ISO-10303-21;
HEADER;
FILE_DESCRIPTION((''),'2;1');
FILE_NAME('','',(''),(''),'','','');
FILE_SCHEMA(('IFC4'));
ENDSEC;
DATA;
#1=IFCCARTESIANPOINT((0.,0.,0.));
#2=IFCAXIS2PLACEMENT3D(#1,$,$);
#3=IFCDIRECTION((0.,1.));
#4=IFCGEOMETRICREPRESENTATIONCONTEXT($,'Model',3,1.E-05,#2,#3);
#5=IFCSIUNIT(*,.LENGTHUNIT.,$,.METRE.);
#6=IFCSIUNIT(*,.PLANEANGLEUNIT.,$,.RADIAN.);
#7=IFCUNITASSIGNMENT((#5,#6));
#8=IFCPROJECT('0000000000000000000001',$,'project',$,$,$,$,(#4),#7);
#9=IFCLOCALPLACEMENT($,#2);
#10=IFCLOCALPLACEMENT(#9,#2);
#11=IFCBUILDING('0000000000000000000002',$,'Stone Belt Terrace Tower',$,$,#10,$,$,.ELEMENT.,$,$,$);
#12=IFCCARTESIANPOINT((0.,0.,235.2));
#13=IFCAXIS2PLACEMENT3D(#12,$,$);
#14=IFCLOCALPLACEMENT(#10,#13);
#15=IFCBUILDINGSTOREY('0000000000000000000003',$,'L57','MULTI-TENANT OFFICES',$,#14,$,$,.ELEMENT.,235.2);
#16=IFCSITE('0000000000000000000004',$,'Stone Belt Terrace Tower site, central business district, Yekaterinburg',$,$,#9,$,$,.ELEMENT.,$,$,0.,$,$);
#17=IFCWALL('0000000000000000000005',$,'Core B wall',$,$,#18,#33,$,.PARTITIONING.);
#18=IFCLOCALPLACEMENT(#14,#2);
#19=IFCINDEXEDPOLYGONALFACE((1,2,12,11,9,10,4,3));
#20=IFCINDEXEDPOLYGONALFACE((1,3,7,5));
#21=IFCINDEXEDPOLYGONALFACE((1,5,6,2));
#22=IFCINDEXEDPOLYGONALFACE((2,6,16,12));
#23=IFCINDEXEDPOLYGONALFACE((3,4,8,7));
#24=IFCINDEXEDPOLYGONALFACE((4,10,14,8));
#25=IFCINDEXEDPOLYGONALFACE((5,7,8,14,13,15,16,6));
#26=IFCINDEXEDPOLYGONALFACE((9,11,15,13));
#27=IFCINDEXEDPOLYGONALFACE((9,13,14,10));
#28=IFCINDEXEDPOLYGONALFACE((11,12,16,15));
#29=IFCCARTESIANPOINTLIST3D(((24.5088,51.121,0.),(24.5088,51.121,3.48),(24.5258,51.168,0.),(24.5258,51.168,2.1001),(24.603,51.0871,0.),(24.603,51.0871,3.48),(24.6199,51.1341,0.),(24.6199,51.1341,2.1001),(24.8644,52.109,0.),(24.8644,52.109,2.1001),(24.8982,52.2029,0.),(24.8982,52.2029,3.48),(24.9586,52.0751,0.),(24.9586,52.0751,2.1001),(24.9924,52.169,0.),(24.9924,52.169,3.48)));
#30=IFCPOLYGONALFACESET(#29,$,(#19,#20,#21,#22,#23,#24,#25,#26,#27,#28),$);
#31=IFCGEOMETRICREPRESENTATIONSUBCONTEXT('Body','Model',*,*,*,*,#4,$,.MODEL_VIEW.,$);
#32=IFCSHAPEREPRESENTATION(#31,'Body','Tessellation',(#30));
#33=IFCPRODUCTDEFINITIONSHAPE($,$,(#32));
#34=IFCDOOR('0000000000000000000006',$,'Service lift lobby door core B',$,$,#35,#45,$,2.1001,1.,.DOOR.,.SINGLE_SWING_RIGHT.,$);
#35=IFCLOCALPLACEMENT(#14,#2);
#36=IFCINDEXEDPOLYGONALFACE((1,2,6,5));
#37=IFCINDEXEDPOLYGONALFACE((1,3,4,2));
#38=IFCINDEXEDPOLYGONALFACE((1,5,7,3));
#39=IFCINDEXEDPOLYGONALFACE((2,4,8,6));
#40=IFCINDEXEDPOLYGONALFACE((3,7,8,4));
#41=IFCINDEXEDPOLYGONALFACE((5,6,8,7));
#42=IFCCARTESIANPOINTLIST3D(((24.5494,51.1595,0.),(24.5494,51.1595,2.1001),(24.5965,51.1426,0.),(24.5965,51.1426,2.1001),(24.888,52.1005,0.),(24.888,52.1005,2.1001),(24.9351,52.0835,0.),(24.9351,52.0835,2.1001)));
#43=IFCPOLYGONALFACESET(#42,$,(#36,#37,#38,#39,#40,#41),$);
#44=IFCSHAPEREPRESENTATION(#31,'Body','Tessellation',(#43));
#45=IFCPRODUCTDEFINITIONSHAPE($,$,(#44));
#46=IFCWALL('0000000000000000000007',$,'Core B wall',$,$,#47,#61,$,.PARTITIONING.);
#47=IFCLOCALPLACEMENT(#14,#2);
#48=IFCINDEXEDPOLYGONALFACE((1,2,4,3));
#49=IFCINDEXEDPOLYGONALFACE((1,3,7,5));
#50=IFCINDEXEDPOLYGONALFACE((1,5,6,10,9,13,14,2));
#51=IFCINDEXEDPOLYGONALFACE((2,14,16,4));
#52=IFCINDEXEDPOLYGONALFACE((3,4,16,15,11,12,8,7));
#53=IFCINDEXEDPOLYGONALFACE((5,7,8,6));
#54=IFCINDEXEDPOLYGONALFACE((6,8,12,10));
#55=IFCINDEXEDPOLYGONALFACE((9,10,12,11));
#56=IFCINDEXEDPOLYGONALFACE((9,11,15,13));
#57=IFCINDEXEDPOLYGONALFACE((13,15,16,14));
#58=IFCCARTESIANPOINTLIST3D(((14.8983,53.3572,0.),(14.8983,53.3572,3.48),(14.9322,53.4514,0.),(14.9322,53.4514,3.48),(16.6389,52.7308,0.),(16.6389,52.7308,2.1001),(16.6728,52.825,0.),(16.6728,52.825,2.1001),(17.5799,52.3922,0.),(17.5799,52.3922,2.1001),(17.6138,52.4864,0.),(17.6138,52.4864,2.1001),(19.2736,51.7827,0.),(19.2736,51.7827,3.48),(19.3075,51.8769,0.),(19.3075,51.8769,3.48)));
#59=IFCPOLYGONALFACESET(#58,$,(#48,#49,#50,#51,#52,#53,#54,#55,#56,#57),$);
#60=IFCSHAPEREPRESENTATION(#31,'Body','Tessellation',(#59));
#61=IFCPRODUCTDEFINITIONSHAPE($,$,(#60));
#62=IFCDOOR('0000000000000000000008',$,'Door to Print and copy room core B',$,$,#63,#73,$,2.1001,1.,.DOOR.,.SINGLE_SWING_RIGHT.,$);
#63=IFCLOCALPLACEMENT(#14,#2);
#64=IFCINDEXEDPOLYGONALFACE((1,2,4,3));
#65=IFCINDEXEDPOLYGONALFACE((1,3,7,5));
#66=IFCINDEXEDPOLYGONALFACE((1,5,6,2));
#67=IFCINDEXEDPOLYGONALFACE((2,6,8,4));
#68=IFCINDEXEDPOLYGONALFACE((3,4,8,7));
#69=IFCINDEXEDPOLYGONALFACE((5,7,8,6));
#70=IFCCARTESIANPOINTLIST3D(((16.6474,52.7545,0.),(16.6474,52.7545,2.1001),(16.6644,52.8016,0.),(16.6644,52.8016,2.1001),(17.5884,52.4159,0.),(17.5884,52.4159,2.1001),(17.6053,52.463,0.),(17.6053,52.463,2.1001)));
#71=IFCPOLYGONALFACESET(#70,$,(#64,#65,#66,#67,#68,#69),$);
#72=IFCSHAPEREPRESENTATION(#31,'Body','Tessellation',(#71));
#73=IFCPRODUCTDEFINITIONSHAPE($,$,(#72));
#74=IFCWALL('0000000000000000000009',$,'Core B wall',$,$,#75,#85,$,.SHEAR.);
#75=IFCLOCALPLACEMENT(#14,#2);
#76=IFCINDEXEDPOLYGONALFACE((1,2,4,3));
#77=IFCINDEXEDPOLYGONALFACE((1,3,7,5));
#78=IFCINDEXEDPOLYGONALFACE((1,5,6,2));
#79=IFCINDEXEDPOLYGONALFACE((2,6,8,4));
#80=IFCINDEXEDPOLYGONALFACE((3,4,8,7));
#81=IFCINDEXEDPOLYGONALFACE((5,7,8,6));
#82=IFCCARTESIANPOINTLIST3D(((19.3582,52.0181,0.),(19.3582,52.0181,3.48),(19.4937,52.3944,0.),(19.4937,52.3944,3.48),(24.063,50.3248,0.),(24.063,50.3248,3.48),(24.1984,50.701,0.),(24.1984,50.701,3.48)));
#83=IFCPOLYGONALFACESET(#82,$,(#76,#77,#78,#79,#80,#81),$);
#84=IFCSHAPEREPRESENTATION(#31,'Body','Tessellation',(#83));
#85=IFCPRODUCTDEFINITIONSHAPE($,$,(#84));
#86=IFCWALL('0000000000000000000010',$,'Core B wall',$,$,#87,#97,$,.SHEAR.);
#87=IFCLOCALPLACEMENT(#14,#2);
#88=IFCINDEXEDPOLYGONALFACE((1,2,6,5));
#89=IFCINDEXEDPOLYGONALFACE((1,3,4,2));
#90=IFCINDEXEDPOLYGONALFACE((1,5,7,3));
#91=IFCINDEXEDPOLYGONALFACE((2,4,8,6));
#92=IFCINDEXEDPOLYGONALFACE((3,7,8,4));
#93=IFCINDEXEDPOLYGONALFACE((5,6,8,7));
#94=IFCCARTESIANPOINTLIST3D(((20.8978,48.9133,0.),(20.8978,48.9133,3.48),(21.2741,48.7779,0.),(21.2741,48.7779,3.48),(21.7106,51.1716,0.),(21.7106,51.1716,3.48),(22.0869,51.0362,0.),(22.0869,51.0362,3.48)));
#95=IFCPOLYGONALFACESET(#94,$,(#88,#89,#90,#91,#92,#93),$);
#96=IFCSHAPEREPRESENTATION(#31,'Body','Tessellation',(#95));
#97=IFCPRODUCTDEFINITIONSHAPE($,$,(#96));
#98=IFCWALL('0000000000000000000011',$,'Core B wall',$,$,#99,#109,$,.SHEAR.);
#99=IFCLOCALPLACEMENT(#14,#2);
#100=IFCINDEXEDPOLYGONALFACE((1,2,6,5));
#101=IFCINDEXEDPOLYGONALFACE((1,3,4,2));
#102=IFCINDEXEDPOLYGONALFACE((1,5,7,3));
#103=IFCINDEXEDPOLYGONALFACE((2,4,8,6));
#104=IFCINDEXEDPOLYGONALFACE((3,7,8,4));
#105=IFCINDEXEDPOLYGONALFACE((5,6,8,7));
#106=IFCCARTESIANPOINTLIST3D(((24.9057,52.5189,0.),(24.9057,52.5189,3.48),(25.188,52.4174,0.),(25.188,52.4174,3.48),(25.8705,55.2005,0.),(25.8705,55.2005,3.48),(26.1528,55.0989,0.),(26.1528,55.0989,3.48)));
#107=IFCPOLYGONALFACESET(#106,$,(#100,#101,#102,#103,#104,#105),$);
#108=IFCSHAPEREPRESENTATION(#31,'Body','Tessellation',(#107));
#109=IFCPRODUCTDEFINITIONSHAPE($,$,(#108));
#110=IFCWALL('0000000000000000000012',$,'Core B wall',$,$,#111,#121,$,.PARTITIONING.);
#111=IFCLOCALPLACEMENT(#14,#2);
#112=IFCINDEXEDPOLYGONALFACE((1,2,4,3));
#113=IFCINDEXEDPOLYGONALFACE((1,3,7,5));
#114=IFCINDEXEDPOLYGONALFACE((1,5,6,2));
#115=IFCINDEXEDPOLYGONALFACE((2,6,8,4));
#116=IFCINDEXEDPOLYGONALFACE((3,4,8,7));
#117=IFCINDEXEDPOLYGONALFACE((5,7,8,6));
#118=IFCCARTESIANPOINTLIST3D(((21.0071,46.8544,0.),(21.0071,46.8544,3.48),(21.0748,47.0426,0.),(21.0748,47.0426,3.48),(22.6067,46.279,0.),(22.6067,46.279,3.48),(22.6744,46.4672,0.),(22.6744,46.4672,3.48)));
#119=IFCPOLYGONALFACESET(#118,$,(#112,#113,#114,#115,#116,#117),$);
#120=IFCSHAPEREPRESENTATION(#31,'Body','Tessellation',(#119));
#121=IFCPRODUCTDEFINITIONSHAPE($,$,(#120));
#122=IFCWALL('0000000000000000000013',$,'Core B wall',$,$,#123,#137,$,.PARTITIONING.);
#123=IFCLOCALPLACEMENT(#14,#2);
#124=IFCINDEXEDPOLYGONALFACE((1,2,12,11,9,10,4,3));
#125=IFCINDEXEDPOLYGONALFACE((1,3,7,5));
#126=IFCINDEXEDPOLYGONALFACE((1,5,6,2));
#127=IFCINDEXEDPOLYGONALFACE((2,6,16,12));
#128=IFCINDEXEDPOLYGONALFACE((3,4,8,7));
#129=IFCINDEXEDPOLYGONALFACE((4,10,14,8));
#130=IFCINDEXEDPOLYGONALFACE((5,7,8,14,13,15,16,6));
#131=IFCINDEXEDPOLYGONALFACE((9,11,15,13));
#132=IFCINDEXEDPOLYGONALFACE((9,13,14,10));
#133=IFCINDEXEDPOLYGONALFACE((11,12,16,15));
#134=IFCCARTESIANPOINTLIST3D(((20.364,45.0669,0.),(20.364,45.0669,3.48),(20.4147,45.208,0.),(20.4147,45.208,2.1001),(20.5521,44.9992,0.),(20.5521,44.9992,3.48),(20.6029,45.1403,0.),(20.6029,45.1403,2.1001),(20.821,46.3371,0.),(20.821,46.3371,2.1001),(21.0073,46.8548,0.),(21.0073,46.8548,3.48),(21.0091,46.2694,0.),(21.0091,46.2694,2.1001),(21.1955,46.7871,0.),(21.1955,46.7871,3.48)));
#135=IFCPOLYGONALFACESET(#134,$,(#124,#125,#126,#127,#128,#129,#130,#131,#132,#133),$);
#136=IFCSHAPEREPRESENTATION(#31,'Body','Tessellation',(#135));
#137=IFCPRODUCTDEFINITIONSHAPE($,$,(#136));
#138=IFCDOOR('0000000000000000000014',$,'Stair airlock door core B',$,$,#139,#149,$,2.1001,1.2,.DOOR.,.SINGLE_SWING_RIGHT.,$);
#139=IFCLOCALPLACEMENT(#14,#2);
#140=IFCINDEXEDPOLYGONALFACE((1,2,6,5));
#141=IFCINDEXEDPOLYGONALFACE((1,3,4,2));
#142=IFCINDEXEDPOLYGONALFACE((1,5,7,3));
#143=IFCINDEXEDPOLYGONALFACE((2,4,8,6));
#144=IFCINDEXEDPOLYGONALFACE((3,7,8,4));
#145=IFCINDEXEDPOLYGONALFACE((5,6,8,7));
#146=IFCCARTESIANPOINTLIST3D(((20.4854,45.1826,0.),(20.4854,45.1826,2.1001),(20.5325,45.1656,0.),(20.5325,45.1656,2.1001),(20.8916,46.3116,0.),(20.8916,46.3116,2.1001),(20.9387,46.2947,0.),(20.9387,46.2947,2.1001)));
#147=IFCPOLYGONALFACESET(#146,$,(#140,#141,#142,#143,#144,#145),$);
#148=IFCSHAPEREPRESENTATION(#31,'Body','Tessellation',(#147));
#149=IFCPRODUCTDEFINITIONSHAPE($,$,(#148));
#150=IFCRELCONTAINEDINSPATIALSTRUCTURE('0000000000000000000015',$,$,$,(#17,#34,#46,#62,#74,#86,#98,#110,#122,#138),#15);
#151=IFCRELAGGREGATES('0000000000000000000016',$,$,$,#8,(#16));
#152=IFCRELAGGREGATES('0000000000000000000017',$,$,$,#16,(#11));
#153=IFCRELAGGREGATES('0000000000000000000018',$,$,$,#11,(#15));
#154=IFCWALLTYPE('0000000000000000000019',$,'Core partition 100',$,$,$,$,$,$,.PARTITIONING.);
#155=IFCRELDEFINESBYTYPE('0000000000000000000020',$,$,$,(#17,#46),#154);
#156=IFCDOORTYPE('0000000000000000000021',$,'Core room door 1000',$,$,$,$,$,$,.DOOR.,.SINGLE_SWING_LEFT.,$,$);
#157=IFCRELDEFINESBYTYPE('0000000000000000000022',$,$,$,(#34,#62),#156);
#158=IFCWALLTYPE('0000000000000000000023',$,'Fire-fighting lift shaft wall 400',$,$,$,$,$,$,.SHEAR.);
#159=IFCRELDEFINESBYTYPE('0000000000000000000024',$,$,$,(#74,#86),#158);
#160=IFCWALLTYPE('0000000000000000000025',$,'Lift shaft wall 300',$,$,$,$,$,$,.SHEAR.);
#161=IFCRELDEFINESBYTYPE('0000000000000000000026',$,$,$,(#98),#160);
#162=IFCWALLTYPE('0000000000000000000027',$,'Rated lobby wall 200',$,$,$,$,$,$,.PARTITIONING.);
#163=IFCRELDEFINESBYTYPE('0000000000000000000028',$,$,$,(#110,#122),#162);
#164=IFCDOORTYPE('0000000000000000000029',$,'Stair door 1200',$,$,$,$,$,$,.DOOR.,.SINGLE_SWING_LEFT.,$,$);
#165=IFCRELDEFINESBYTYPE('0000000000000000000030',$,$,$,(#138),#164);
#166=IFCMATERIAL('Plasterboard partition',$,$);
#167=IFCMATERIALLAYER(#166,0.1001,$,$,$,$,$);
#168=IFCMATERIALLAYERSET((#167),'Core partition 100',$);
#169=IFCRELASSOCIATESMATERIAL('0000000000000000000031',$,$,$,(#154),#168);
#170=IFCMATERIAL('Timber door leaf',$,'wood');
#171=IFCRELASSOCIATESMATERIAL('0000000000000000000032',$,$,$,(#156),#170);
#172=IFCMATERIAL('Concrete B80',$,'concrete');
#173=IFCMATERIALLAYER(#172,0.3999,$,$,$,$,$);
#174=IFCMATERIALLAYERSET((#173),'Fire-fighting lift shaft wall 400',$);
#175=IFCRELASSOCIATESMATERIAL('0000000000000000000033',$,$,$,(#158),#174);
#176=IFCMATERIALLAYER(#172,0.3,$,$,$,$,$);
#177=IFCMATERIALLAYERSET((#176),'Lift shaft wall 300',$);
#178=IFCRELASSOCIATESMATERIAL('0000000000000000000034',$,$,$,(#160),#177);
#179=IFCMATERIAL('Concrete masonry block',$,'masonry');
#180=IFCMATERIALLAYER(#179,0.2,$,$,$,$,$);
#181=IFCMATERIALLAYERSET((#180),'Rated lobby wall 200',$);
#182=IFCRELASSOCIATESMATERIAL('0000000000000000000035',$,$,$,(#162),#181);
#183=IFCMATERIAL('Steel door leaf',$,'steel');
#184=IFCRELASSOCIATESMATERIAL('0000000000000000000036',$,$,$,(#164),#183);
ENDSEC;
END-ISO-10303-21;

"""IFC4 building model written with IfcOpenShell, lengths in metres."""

from ifc_helpers import new_model, si_unit, direction, frame, frame_2d, origin, place, context, subcontext, project, spatial, rectangle, extrude, material, layer, layer_set, type_object, element, fill, save


model = new_model("IFC4")

# Units and contexts
model_context = context("Model", 3, precision=1e-05, world=origin(), true_north=direction((0.0, 1.0)))
body_context = subcontext(model_context, "Body", "Model", "MODEL_VIEW")
ifc_project = project(units=[si_unit("LENGTHUNIT", "METRE"), si_unit("PLANEANGLEUNIT", "RADIAN")], contexts=[model_context])

# Site, building, storey
site_placement = place(None, origin())
site = spatial("IfcSite", under=ifc_project, at=site_placement, Name="Stone Belt Terrace Tower site, central business district, Yekaterinburg", CompositionType="ELEMENT", RefElevation=0.0)
building_placement = place(site_placement, origin())
building = spatial("IfcBuilding", under=site, at=building_placement, Name="Stone Belt Terrace Tower", CompositionType="ELEMENT")
storey_placement = place(building_placement, frame((0.0, 0.0, 235.2)))
storey = spatial("IfcBuildingStorey", under=building, at=storey_placement, Name="L57", Description="MULTI-TENANT OFFICES", CompositionType="ELEMENT", Elevation=235.2)

# Walls, openings, doors
ifc_material_1 = material(Name="Plasterboard partition")
ifc_layer_1 = layer(ifc_material_1, 0.1001)
ifc_layer_set_1 = layer_set([ifc_layer_1], Name="Core partition 100")
wall_type_1 = type_object("IfcWallType", Name="Core partition 100", PredefinedType="PARTITIONING", material=ifc_layer_set_1)
wall_1_placement = place(storey_placement, frame((24.5559, 51.104, 0.0), z_axis=(0.0, 0.0, 1.0), x_axis=(0.338622, 0.940923, 0.0)))
wall_1 = element("IfcWall", 1, at=wall_1_placement, inside=storey, type_object=wall_type_1, Name="Core B wall", PredefinedType="PARTITIONING", context=body_context, shape_type="SweptSolid", body=[
    extrude(rectangle(XDim=1.1499, YDim=0.1001, at=frame_2d((0.575, 0.0))), origin(), (0.0, 0.0, 1.0), 3.48),
])
opening_1_placement = place(wall_1_placement, frame((0.05, 0.0, 0.0)))
opening_1 = element("IfcOpeningElement", 2, at=opening_1_placement, cuts=wall_1, PredefinedType="OPENING", context=body_context, shape_type="SweptSolid", body=[
    extrude(rectangle(XDim=1.0, YDim=2.1001, at=frame_2d((0.5, 1.05))), frame((0.0, 0.0601, 0.0), z_axis=(0.0, -1.0, 0.0), x_axis=(1.0, 0.0, 0.0)), (0.0, 0.0, 1.0), 0.1201),
])
ifc_material_2 = material(Name="Timber door leaf", Category="wood")
door_type_1 = type_object("IfcDoorType", Name="Core room door 1000", OperationType="SINGLE_SWING_LEFT", PredefinedType="DOOR", material=ifc_material_2)
door_1_placement = place(opening_1_placement, origin())
door_1 = element("IfcDoor", 3, at=door_1_placement, inside=storey, type_object=door_type_1, Name="Service lift lobby door core B", OperationType="SINGLE_SWING_RIGHT", OverallHeight=2.1001, OverallWidth=1.0, PredefinedType="DOOR", context=body_context, shape_type="SweptSolid", body=[
    extrude(rectangle(XDim=1.0, YDim=2.1001, at=frame_2d((0.5, 1.05))), frame((0.0, 0.0249, 0.0), z_axis=(0.0, -1.0, 0.0), x_axis=(1.0, 0.0, 0.0)), (0.0, 0.0, 1.0), 0.05),
])
fill(opening_1, door_1)
wall_2_placement = place(storey_placement, frame((19.2905, 51.8298, 0.0), z_axis=(0.0, 0.0, 1.0), x_axis=(-0.94093, 0.3386, 0.0)))
wall_2 = element("IfcWall", 4, at=wall_2_placement, inside=storey, type_object=wall_type_1, Name="Core B wall", PredefinedType="PARTITIONING", context=body_context, shape_type="SweptSolid", body=[
    extrude(rectangle(XDim=4.6499, YDim=0.1001, at=frame_2d((2.325, 0.0))), origin(), (0.0, 0.0, 1.0), 3.48),
])
opening_2_placement = place(wall_2_placement, frame((1.8, 0.0, 0.0)))
opening_2 = element("IfcOpeningElement", 5, at=opening_2_placement, cuts=wall_2, PredefinedType="OPENING", context=body_context, shape_type="SweptSolid", body=[
    extrude(rectangle(XDim=1.0, YDim=2.1001, at=frame_2d((0.5, 1.05))), frame((0.0, 0.0601, 0.0), z_axis=(0.0, -1.0, 0.0), x_axis=(1.0, 0.0, 0.0)), (0.0, 0.0, 1.0), 0.1201),
])
door_2_placement = place(opening_2_placement, origin())
door_2 = element("IfcDoor", 6, at=door_2_placement, inside=storey, type_object=door_type_1, Name="Door to Print and copy room core B", OperationType="SINGLE_SWING_RIGHT", OverallHeight=2.1001, OverallWidth=1.0, PredefinedType="DOOR", context=body_context, shape_type="SweptSolid", body=[
    extrude(rectangle(XDim=1.0, YDim=2.1001, at=frame_2d((0.5, 1.05))), frame((0.0, 0.0249, 0.0), z_axis=(0.0, -1.0, 0.0), x_axis=(1.0, 0.0, 0.0)), (0.0, 0.0, 1.0), 0.05),
])
fill(opening_2, door_2)

# Walls
ifc_material_3 = material(Name="Concrete B80", Category="concrete")
ifc_layer_2 = layer(ifc_material_3, 0.3999)
ifc_layer_set_2 = layer_set([ifc_layer_2], Name="Fire-fighting lift shaft wall 400")
wall_type_2 = type_object("IfcWallType", Name="Fire-fighting lift shaft wall 400", PredefinedType="SHEAR", material=ifc_layer_set_2)
wall_3_placement = place(storey_placement, frame((24.1306, 50.5129, 0.0), z_axis=(0.0, 0.0, 1.0), x_axis=(-0.940912, 0.338652, 0.0)))
element("IfcWall", 7, at=wall_3_placement, inside=storey, type_object=wall_type_2, Name="Core B wall", PredefinedType="SHEAR", context=body_context, shape_type="SweptSolid", body=[
    extrude(rectangle(XDim=5.0002, YDim=0.3999, at=frame_2d((2.5, 0.0))), origin(), (0.0, 0.0, 1.0), 3.48),
])
wall_4_placement = place(storey_placement, frame((21.0859, 48.8455, 0.0), z_axis=(0.0, 0.0, 1.0), x_axis=(0.338629, 0.94092, 0.0)))
element("IfcWall", 8, at=wall_4_placement, inside=storey, type_object=wall_type_2, Name="Core B wall", PredefinedType="SHEAR", context=body_context, shape_type="SweptSolid", body=[
    extrude(rectangle(XDim=2.4001, YDim=0.3999, at=frame_2d((1.2002, 0.0))), origin(), (0.0, 0.0, 1.0), 3.48),
])
ifc_layer_3 = layer(ifc_material_3, 0.3)
ifc_layer_set_3 = layer_set([ifc_layer_3], Name="Lift shaft wall 300")
wall_type_3 = type_object("IfcWallType", Name="Lift shaft wall 300", PredefinedType="SHEAR", material=ifc_layer_set_3)
wall_5_placement = place(storey_placement, frame((25.0469, 52.4683, 0.0), z_axis=(0.0, 0.0, 1.0), x_axis=(0.33855, 0.940949, 0.0)))
element("IfcWall", 9, at=wall_5_placement, inside=storey, type_object=wall_type_3, Name="Core B wall", PredefinedType="SHEAR", context=body_context, shape_type="SweptSolid", body=[
    extrude(rectangle(XDim=2.8499, YDim=0.3, at=frame_2d((1.4248, 0.0))), origin(), (0.0, 0.0, 1.0), 3.48),
])
ifc_material_4 = material(Name="Concrete masonry block", Category="masonry")
ifc_layer_4 = layer(ifc_material_4, 0.2)
ifc_layer_set_4 = layer_set([ifc_layer_4], Name="Rated lobby wall 200")
wall_type_4 = type_object("IfcWallType", Name="Rated lobby wall 200", PredefinedType="PARTITIONING", material=ifc_layer_set_4)
wall_6_placement = place(storey_placement, frame((22.6406, 46.373, 0.0), z_axis=(0.0, 0.0, 1.0), x_axis=(-0.940966, 0.338501, 0.0)))
element("IfcWall", 10, at=wall_6_placement, inside=storey, type_object=wall_type_4, Name="Core B wall", PredefinedType="PARTITIONING", context=body_context, shape_type="SweptSolid", body=[
    extrude(rectangle(XDim=1.7, YDim=0.2, at=frame_2d((0.8501, 0.0))), origin(), (0.0, 0.0, 1.0), 3.48),
])

# Wall, opening, door
wall_7_placement = place(storey_placement, frame((20.458, 45.033, 0.0), z_axis=(0.0, 0.0, 1.0), x_axis=(0.338574, 0.94094, 0.0)))
wall_7 = element("IfcWall", 11, at=wall_7_placement, inside=storey, type_object=wall_type_4, Name="Core B wall", PredefinedType="PARTITIONING", context=body_context, shape_type="SweptSolid", body=[
    extrude(rectangle(XDim=1.9001, YDim=0.2, at=frame_2d((0.9502, 0.0))), origin(), (0.0, 0.0, 1.0), 3.48),
])
opening_3_placement = place(wall_7_placement, frame((0.1499, 0.0, 0.0)))
opening_3 = element("IfcOpeningElement", 12, at=opening_3_placement, cuts=wall_7, PredefinedType="OPENING", context=body_context, shape_type="SweptSolid", body=[
    extrude(rectangle(XDim=1.2, YDim=2.1001, at=frame_2d((0.6001, 1.05))), frame((0.0, 0.1099, 0.0), z_axis=(0.0, -1.0, 0.0), x_axis=(1.0, 0.0, 0.0)), (0.0, 0.0, 1.0), 0.22),
])
ifc_material_5 = material(Name="Steel door leaf", Category="steel")
door_type_2 = type_object("IfcDoorType", Name="Stair door 1200", OperationType="SINGLE_SWING_LEFT", PredefinedType="DOOR", material=ifc_material_5)
door_3_placement = place(opening_3_placement, origin())
door_3 = element("IfcDoor", 13, at=door_3_placement, inside=storey, type_object=door_type_2, Name="Stair airlock door core B", OperationType="SINGLE_SWING_RIGHT", OverallHeight=2.1001, OverallWidth=1.2, PredefinedType="DOOR", context=body_context, shape_type="SweptSolid", body=[
    extrude(rectangle(XDim=1.2, YDim=2.1001, at=frame_2d((0.6001, 1.05))), frame((0.0, 0.0249, 0.0), z_axis=(0.0, -1.0, 0.0), x_axis=(1.0, 0.0, 0.0)), (0.0, 0.0, 1.0), 0.05),
])
fill(opening_3, door_3)

save(model, "model.ifc")
